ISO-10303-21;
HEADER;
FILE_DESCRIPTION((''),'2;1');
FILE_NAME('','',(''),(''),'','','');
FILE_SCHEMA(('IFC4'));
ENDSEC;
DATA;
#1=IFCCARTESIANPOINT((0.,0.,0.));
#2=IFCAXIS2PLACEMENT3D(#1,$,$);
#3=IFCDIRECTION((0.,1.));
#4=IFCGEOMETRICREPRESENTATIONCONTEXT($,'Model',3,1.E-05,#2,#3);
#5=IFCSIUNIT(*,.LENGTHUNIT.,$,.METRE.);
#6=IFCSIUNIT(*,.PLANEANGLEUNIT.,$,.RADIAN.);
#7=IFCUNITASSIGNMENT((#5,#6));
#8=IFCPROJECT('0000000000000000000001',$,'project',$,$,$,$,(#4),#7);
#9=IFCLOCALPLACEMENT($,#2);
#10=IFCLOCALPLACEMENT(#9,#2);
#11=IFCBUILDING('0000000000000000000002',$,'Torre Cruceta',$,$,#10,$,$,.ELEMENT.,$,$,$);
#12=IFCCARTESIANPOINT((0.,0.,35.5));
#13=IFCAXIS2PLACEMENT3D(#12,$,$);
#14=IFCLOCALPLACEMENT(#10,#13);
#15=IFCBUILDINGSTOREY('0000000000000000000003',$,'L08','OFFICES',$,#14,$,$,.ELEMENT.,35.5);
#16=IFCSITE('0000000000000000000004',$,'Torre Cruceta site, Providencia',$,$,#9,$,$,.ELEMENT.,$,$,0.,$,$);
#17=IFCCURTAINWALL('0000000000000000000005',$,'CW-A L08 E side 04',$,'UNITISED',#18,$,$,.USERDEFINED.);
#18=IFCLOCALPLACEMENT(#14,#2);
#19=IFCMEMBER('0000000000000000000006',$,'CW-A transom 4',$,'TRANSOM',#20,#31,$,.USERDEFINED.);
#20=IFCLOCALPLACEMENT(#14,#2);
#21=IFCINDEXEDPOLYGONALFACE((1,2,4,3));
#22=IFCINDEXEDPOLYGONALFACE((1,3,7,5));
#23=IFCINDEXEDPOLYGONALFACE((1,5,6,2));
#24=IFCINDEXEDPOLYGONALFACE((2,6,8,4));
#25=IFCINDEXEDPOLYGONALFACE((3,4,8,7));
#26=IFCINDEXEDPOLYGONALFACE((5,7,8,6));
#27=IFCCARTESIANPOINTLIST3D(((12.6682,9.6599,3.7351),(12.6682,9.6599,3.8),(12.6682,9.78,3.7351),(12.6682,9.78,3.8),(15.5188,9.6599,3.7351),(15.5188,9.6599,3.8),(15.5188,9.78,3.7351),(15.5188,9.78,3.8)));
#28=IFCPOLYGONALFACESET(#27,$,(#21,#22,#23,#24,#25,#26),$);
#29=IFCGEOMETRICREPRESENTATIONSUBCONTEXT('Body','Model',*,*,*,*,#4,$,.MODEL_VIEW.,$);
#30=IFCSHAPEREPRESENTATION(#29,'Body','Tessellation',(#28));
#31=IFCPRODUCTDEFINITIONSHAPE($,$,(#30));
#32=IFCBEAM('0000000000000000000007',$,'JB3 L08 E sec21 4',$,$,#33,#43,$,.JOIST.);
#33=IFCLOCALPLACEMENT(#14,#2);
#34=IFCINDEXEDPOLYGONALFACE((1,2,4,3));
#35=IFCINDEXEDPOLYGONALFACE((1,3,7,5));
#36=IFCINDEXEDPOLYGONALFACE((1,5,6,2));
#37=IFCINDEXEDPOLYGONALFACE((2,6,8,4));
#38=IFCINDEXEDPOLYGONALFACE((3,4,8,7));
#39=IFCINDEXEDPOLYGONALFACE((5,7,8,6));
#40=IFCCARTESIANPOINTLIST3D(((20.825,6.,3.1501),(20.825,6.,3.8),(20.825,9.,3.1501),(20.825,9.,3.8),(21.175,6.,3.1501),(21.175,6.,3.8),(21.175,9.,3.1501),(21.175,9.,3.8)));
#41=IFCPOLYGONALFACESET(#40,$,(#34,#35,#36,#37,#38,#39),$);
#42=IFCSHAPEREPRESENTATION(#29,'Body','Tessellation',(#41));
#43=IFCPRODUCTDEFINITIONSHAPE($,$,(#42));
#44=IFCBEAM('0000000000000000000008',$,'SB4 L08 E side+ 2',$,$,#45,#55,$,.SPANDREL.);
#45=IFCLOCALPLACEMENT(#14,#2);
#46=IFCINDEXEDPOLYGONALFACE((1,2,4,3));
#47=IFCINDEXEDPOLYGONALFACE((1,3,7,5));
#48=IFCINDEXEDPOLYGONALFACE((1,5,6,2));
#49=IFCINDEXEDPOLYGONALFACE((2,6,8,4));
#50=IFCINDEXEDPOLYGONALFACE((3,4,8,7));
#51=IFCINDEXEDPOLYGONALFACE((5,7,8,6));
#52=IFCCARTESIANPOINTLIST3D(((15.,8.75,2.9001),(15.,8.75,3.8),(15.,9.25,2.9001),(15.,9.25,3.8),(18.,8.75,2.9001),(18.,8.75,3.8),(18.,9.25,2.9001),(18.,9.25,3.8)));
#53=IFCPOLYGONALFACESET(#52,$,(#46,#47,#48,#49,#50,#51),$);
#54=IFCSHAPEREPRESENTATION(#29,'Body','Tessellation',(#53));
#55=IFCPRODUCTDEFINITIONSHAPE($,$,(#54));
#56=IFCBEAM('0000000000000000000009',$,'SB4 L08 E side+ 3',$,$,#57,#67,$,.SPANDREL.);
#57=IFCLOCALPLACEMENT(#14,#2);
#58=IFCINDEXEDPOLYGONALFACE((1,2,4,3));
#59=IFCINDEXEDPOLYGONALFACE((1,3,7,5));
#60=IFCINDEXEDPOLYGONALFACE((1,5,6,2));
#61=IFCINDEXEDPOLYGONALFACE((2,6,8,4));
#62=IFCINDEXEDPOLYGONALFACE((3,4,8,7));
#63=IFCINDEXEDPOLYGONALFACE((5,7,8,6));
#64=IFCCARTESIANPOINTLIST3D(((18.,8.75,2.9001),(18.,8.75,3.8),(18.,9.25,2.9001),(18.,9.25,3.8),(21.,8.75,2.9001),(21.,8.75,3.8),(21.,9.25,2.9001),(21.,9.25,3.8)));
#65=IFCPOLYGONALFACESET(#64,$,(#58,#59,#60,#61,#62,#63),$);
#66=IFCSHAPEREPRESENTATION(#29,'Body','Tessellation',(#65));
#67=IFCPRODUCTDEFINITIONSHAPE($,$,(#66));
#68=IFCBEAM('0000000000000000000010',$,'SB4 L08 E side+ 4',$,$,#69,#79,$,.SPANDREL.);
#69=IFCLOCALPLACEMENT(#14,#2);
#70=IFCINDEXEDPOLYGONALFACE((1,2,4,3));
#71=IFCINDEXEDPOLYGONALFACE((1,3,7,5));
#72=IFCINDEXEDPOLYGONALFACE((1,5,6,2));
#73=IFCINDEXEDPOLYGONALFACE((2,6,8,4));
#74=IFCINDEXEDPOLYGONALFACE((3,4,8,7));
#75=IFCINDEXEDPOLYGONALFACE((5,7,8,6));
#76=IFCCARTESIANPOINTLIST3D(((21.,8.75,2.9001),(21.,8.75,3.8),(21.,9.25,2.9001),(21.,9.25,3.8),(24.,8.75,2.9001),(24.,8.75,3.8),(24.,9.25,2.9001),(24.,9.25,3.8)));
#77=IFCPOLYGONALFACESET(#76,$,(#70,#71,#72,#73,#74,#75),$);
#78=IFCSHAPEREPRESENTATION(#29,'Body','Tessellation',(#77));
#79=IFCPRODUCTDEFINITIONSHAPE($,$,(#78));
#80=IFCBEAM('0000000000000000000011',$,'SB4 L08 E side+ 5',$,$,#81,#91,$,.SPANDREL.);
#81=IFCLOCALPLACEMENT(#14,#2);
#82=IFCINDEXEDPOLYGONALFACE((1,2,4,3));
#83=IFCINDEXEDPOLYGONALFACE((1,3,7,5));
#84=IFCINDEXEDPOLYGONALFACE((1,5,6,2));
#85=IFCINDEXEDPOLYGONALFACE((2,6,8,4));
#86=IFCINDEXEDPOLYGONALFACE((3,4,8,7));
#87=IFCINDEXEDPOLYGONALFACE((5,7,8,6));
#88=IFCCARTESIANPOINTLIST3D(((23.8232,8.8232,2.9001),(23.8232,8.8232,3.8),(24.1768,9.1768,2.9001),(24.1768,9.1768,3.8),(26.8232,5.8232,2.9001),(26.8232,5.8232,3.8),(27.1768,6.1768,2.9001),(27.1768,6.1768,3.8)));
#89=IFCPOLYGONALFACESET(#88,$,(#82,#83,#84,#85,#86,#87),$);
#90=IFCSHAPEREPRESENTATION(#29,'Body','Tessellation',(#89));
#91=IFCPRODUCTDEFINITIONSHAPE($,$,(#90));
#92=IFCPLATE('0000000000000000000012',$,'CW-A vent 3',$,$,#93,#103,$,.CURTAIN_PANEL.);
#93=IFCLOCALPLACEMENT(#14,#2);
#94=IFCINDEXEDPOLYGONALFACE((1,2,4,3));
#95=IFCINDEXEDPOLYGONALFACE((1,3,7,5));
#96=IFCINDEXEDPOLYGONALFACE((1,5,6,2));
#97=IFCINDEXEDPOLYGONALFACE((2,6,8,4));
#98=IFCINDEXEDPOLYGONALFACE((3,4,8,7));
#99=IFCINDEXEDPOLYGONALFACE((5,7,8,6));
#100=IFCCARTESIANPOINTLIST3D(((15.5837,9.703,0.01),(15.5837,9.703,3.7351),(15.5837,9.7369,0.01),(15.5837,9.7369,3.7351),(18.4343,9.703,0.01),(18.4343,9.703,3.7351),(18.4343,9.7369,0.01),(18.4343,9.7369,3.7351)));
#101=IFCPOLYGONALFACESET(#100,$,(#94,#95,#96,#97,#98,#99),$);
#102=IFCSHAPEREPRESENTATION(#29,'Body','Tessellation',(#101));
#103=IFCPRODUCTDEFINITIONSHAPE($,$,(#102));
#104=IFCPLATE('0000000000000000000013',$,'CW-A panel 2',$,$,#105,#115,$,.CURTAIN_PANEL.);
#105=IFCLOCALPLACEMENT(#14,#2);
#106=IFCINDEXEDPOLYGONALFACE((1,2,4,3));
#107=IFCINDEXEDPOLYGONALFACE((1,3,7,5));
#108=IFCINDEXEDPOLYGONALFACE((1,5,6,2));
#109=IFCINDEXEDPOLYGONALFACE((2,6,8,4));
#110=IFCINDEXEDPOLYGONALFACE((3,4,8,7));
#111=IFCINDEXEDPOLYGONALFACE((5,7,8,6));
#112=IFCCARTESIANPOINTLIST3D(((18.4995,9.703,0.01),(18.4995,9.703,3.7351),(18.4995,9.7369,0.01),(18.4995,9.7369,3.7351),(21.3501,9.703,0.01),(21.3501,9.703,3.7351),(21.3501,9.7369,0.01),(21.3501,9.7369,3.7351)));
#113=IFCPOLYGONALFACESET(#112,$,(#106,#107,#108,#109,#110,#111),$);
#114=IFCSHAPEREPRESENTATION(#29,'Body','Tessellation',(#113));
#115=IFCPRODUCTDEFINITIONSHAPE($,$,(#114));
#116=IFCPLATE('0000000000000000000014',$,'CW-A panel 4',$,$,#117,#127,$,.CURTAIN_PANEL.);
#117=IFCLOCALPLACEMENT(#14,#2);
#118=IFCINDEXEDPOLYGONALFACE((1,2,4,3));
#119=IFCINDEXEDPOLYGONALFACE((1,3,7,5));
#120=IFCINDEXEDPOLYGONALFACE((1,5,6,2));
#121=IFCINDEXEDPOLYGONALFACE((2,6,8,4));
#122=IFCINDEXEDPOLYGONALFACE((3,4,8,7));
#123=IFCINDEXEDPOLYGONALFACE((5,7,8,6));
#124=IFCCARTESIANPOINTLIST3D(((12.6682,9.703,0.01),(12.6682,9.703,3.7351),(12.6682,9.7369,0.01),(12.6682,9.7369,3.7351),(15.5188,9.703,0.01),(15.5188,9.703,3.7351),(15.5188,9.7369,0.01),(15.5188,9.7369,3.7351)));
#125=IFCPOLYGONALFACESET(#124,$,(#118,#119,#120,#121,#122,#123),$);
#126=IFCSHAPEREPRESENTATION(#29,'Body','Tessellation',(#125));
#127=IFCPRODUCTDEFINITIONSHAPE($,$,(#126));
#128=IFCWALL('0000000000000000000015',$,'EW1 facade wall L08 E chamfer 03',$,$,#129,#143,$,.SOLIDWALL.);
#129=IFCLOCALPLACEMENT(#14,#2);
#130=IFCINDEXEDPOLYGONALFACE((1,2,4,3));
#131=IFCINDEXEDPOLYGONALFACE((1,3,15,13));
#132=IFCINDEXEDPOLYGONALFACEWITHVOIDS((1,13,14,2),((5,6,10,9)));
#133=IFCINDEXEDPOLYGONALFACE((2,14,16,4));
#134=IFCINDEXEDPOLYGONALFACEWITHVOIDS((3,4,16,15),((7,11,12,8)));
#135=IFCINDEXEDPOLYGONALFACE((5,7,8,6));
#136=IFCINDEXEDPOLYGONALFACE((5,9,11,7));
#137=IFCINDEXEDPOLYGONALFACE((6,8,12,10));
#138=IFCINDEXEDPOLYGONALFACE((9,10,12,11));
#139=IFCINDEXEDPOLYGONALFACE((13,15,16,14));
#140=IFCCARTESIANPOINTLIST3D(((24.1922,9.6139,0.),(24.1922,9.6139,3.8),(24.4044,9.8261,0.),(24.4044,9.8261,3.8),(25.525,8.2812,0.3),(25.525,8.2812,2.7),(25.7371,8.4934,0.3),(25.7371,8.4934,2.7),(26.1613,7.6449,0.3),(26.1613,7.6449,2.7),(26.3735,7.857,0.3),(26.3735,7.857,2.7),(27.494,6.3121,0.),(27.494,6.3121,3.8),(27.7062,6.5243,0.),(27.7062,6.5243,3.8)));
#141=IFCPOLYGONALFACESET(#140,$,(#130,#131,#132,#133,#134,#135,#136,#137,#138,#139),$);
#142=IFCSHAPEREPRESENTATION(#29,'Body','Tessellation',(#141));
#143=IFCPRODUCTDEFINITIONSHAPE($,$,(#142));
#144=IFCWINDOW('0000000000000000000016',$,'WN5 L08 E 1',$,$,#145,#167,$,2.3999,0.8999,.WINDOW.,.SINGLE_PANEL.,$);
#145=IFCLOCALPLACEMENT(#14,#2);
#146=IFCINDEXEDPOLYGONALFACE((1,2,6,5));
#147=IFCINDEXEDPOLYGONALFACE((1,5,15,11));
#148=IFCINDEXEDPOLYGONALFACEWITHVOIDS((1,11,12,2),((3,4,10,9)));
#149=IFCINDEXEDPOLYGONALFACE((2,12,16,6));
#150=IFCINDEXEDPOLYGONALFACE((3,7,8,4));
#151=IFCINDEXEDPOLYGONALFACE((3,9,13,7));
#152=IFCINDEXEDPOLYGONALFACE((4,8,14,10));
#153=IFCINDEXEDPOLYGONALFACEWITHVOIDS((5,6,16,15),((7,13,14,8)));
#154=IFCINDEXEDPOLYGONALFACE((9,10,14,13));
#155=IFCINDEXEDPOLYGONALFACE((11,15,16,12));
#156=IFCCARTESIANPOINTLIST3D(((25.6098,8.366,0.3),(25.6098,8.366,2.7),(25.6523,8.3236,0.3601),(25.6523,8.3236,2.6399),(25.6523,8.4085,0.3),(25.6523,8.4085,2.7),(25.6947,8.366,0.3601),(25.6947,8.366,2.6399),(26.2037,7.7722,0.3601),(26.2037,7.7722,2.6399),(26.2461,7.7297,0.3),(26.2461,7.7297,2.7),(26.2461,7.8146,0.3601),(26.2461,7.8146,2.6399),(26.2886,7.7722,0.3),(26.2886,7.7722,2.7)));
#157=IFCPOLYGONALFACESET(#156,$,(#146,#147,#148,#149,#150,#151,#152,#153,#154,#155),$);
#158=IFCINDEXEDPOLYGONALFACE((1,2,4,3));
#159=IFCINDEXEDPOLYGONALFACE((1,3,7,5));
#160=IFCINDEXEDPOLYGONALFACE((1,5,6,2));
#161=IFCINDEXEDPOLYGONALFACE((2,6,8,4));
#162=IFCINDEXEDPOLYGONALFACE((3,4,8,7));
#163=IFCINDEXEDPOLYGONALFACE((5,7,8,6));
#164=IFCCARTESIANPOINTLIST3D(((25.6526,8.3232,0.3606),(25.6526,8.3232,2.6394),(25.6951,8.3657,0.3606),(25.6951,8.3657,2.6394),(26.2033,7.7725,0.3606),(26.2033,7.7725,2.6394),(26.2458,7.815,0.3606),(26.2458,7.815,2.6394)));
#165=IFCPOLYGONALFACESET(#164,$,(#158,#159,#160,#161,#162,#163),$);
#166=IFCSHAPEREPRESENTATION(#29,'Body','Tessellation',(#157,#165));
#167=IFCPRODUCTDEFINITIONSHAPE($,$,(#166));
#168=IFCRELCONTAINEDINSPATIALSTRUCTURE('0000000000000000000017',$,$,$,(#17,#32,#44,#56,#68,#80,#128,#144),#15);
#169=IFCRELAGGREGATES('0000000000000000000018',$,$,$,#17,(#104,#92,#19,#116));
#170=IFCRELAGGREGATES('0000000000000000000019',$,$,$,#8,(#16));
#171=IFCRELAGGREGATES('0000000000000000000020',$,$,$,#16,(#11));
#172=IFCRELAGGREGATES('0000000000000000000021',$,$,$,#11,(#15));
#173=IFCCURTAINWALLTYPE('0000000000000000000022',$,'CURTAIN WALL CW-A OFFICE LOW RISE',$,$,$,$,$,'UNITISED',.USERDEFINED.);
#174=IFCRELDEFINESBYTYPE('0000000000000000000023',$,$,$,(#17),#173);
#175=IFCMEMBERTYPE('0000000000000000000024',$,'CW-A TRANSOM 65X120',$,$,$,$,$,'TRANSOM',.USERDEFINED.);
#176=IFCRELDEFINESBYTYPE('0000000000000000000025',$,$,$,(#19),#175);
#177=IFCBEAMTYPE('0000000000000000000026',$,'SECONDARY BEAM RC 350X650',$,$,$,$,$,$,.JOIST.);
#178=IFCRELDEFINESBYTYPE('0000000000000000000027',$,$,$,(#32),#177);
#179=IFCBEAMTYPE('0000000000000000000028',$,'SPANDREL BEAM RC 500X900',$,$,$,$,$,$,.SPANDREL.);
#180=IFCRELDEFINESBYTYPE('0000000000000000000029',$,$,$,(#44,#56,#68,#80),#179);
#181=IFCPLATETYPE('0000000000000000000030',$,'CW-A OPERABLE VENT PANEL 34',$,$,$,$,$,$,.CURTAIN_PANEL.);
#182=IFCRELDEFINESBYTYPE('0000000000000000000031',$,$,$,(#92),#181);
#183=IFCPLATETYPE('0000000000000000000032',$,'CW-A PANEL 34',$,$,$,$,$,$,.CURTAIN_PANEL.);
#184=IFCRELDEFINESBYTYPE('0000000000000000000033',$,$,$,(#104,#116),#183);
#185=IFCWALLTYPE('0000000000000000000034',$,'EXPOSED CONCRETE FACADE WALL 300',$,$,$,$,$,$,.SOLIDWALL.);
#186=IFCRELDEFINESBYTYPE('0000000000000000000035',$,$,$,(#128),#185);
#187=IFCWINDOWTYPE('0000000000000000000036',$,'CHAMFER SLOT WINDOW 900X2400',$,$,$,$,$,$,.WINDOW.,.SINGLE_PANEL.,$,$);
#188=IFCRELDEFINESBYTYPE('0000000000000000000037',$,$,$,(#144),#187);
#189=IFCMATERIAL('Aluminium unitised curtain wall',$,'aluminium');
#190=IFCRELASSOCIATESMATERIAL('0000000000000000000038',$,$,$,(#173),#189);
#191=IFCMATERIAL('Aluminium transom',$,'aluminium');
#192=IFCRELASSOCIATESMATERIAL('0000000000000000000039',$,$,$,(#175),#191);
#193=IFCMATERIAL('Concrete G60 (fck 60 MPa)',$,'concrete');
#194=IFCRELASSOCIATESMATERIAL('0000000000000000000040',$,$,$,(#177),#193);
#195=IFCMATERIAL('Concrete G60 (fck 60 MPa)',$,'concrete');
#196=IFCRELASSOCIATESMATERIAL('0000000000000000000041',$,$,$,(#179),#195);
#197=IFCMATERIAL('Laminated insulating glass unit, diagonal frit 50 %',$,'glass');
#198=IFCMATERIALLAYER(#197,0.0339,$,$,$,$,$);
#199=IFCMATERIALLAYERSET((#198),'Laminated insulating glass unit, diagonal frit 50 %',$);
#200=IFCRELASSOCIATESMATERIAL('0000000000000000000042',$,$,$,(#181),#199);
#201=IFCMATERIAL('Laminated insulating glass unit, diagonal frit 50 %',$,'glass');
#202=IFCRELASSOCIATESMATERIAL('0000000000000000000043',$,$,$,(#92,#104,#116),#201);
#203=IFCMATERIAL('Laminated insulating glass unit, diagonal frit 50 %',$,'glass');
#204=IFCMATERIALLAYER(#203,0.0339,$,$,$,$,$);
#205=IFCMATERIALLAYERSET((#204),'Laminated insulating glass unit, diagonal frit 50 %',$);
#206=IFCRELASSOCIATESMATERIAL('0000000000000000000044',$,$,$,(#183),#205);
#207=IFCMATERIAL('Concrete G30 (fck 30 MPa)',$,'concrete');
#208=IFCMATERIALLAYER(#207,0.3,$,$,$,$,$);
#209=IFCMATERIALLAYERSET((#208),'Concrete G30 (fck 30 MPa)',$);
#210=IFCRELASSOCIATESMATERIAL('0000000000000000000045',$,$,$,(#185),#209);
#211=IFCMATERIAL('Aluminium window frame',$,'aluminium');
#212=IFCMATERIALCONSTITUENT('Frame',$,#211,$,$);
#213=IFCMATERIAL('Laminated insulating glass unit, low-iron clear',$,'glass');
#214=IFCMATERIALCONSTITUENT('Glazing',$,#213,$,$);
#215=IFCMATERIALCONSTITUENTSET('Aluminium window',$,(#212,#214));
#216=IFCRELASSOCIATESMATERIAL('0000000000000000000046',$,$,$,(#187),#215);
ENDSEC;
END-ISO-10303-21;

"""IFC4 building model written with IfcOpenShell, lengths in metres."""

from ifc_helpers import new_model, si_unit, direction, frame, frame_2d, origin, origin_2d, place, context, subcontext, project, spatial, rectangle, hollow_rectangle, extrude, material, layer, layer_set, constituent, constituent_set, material_profile, profile_set, type_object, element, fill, aggregate, save


model = new_model("IFC4")

# Units and contexts
model_context = context("Model", 3, precision=1e-05, world=origin(), true_north=direction((0.0, 1.0)))
body_context = subcontext(model_context, "Body", "Model", "MODEL_VIEW")
ifc_project = project(units=[si_unit("LENGTHUNIT", "METRE"), si_unit("PLANEANGLEUNIT", "RADIAN")], contexts=[model_context])

# Site, building, storey
site_placement = place(None, origin())
site = spatial("IfcSite", under=ifc_project, at=site_placement, Name="Torre Cruceta site, Providencia", CompositionType="ELEMENT", RefElevation=0.0)
building_placement = place(site_placement, origin())
building = spatial("IfcBuilding", under=site, at=building_placement, Name="Torre Cruceta", CompositionType="ELEMENT")
storey_placement = place(building_placement, frame((0.0, 0.0, 35.5)))
storey = spatial("IfcBuildingStorey", under=building, at=storey_placement, Name="L08", Description="OFFICES", CompositionType="ELEMENT", Elevation=35.5)

# Curtain wall, member
ifc_material_1 = material(Name="Aluminium unitised curtain wall", Category="aluminium")
curtain_wall_type = type_object("IfcCurtainWallType", Name="CURTAIN WALL CW-A OFFICE LOW RISE", ElementType="UNITISED", PredefinedType="USERDEFINED", material=ifc_material_1)
curtain_wall_placement = place(storey_placement, origin())
curtain_wall = element("IfcCurtainWall", 1, at=curtain_wall_placement, inside=storey, type_object=curtain_wall_type, Name="CW-A L08 E side 04", ObjectType="UNITISED", PredefinedType="USERDEFINED")
ifc_material_2 = material(Name="Aluminium transom", Category="aluminium")
ifc_material_profile_1 = material_profile(ifc_material_2, rectangle(XDim=0.1201, YDim=0.0649, at=origin_2d()), Name="AL 120X65")
ifc_profile_set_1 = profile_set([ifc_material_profile_1], Name="Aluminium transom")
member_type_1 = type_object("IfcMemberType", Name="CW-A TRANSOM 65X120", ElementType="TRANSOM", PredefinedType="USERDEFINED", material=ifc_profile_set_1)
member_1_placement = place(storey_placement, frame((15.5188, 9.72, 3.7676), z_axis=(-1.0, 0.0, 0.0), x_axis=(0.0, -1.0, 0.0)))
member_1 = element("IfcMember", 2, at=member_1_placement, type_object=member_type_1, Name="CW-A transom 4", ObjectType="TRANSOM", PredefinedType="USERDEFINED", context=body_context, shape_type="SweptSolid", body=[
    extrude(rectangle(XDim=0.1201, YDim=0.0649, at=origin_2d()), origin(), (0.0, 0.0, 1.0), 2.8506),
])

# Beams
ifc_material_3 = material(Name="Concrete G60 (fck 60 MPa)", Category="concrete")
ifc_material_profile_2 = material_profile(ifc_material_3, rectangle(XDim=0.3501, YDim=0.6499, at=origin_2d()), Name="RC 350X650")
ifc_profile_set_2 = profile_set([ifc_material_profile_2], Name="Concrete G60 (fck 60 MPa)")
beam_type_1 = type_object("IfcBeamType", Name="SECONDARY BEAM RC 350X650", PredefinedType="JOIST", material=ifc_profile_set_2)
beam_1_placement = place(storey_placement, frame((21.0, 6.0, 3.4751), z_axis=(0.0, 1.0, 0.0), x_axis=(-1.0, 0.0, 0.0)))
element("IfcBeam", 3, at=beam_1_placement, inside=storey, type_object=beam_type_1, Name="JB3 L08 E sec21 4", PredefinedType="JOIST", context=body_context, shape_type="SweptSolid", body=[
    extrude(rectangle(XDim=0.3501, YDim=0.6499, at=origin_2d()), origin(), (0.0, 0.0, 1.0), 3.0),
])
ifc_material_4 = material(Name="Concrete G60 (fck 60 MPa)", Category="concrete")
ifc_material_profile_3 = material_profile(ifc_material_4, rectangle(XDim=0.5, YDim=0.8999, at=origin_2d()), Name="RC 500X900")
ifc_profile_set_3 = profile_set([ifc_material_profile_3], Name="Concrete G60 (fck 60 MPa)")
beam_type_2 = type_object("IfcBeamType", Name="SPANDREL BEAM RC 500X900", PredefinedType="SPANDREL", material=ifc_profile_set_3)
for number, where, z_axis, x_axis, name in (
    (4, (15.0, 9.0, 3.3501), (1.0, 0.0, 0.0), (0.0, 1.0, 0.0), "SB4 L08 E side+ 2"),
    (5, (18.0, 9.0, 3.3501), (1.0, 0.0, 0.0), (0.0, 1.0, 0.0), "SB4 L08 E side+ 3"),
    (6, (21.0, 9.0, 3.3501), (1.0, 0.0, 0.0), (0.0, 1.0, 0.0), "SB4 L08 E side+ 4"),
):
    element("IfcBeam", number, at=place(storey_placement, frame(where, z_axis=z_axis, x_axis=x_axis)), inside=storey, type_object=beam_type_2, Name=name, PredefinedType="SPANDREL", context=body_context, shape_type="SweptSolid", body=[
        extrude(rectangle(XDim=0.5, YDim=0.8999, at=origin_2d()), origin(), (0.0, 0.0, 1.0), 3.0),
    ])
beam_2_placement = place(storey_placement, frame((24.0, 9.0, 3.3501), z_axis=(0.707107, -0.707107, 0.0), x_axis=(0.707107, 0.707107, 0.0)))
element("IfcBeam", 7, at=beam_2_placement, inside=storey, type_object=beam_type_2, Name="SB4 L08 E side+ 5", PredefinedType="SPANDREL", context=body_context, shape_type="SweptSolid", body=[
    extrude(rectangle(XDim=0.5, YDim=0.8999, at=origin_2d()), origin(), (0.0, 0.0, 1.0), 4.2427),
])

# Plates
ifc_material_5 = material(Name="Laminated insulating glass unit, diagonal frit 50 %", Category="glass")
ifc_material_6 = material(Name="Laminated insulating glass unit, diagonal frit 50 %", Category="glass")
ifc_layer_1 = layer(ifc_material_6, 0.0339)
ifc_layer_set_1 = layer_set([ifc_layer_1], Name="Laminated insulating glass unit, diagonal frit 50 %")
plate_type_1 = type_object("IfcPlateType", Name="CW-A OPERABLE VENT PANEL 34", PredefinedType="CURTAIN_PANEL", material=ifc_layer_set_1)
plate_1_placement = place(storey_placement, frame((17.009, 9.72, 0.01), z_axis=(0.0, 0.0, 1.0), x_axis=(-1.0, 0.0, 0.0)))
plate_1 = element("IfcPlate", 8, at=plate_1_placement, type_object=plate_type_1, material=ifc_material_5, Name="CW-A vent 3", PredefinedType="CURTAIN_PANEL", context=body_context, shape_type="SweptSolid", body=[
    extrude(rectangle(XDim=2.8506, YDim=0.0339, at=origin_2d()), origin(), (0.0, 0.0, 1.0), 3.7251),
])
ifc_material_7 = material(Name="Laminated insulating glass unit, diagonal frit 50 %", Category="glass")
ifc_layer_2 = layer(ifc_material_7, 0.0339)
ifc_layer_set_2 = layer_set([ifc_layer_2], Name="Laminated insulating glass unit, diagonal frit 50 %")
plate_type_2 = type_object("IfcPlateType", Name="CW-A PANEL 34", PredefinedType="CURTAIN_PANEL", material=ifc_layer_set_2)
plate_2_placement = place(storey_placement, frame((19.9248, 9.72, 0.01), z_axis=(0.0, 0.0, 1.0), x_axis=(-1.0, 0.0, 0.0)))
plate_2 = element("IfcPlate", 9, at=plate_2_placement, type_object=plate_type_2, material=ifc_material_5, Name="CW-A panel 2", PredefinedType="CURTAIN_PANEL", context=body_context, shape_type="SweptSolid", body=[
    extrude(rectangle(XDim=2.8506, YDim=0.0339, at=origin_2d()), origin(), (0.0, 0.0, 1.0), 3.7251),
])
plate_3_placement = place(storey_placement, frame((14.0935, 9.72, 0.01), z_axis=(0.0, 0.0, 1.0), x_axis=(-1.0, 0.0, 0.0)))
plate_3 = element("IfcPlate", 10, at=plate_3_placement, type_object=plate_type_2, material=ifc_material_5, Name="CW-A panel 4", PredefinedType="CURTAIN_PANEL", context=body_context, shape_type="SweptSolid", body=[
    extrude(rectangle(XDim=2.8506, YDim=0.0339, at=origin_2d()), origin(), (0.0, 0.0, 1.0), 3.7251),
])
aggregate(curtain_wall, [plate_2, plate_1, member_1, plate_3])

# Wall, opening, window
ifc_material_8 = material(Name="Concrete G30 (fck 30 MPa)", Category="concrete")
ifc_layer_3 = layer(ifc_material_8, 0.3)
ifc_layer_set_3 = layer_set([ifc_layer_3], Name="Concrete G30 (fck 30 MPa)")
wall_type_1 = type_object("IfcWallType", Name="EXPOSED CONCRETE FACADE WALL 300", PredefinedType="SOLIDWALL", material=ifc_layer_set_3)
wall_1_placement = place(storey_placement, frame((27.6001, 6.4182, 0.0), z_axis=(0.0, 0.0, 1.0), x_axis=(-0.707107, 0.707107, 0.0)))
wall_1 = element("IfcWall", 11, at=wall_1_placement, inside=storey, type_object=wall_type_1, Name="EW1 facade wall L08 E chamfer 03", PredefinedType="SOLIDWALL", context=body_context, shape_type="SweptSolid", body=[
    extrude(rectangle(XDim=4.6694, YDim=0.3, at=frame_2d((2.3347, 0.0))), origin(), (0.0, 0.0, 1.0), 3.8),
])
opening_1_placement = place(wall_1_placement, frame((1.8848, 0.0, 0.3)))
opening_1 = element("IfcOpeningElement", 12, at=opening_1_placement, cuts=wall_1, PredefinedType="OPENING", context=body_context, shape_type="SweptSolid", body=[
    extrude(rectangle(XDim=0.8999, YDim=2.3999, at=frame_2d((0.45, 1.2))), frame((0.0, 0.1599, 0.0), z_axis=(0.0, -1.0, 0.0), x_axis=(1.0, 0.0, 0.0)), (0.0, 0.0, 1.0), 0.3201),
])
ifc_material_9 = material(Name="Aluminium window frame", Category="aluminium")
ifc_constituent_1 = constituent(ifc_material_9, Name="Frame")
ifc_material_10 = material(Name="Laminated insulating glass unit, low-iron clear", Category="glass")
ifc_constituent_2 = constituent(ifc_material_10, Name="Glazing")
ifc_constituent_set_1 = constituent_set(constituents=[ifc_constituent_1, ifc_constituent_2], Name="Aluminium window")
window_type = type_object("IfcWindowType", Name="CHAMFER SLOT WINDOW 900X2400", PartitioningType="SINGLE_PANEL", PredefinedType="WINDOW", material=ifc_constituent_set_1)
window_placement = place(opening_1_placement, origin())
window = element("IfcWindow", 13, at=window_placement, inside=storey, type_object=window_type, Name="WN5 L08 E 1", OverallHeight=2.3999, OverallWidth=0.8999, PartitioningType="SINGLE_PANEL", PredefinedType="WINDOW", context=body_context, shape_type="SweptSolid", body=[
    extrude(hollow_rectangle(XDim=0.8999, YDim=2.3999, WallThickness=0.0601, at=frame_2d((0.45, 1.2))), frame((0.0, 0.03, 0.0), z_axis=(0.0, -1.0, 0.0), x_axis=(1.0, 0.0, 0.0)), (0.0, 0.0, 1.0), 0.0601),
    extrude(rectangle(XDim=0.7788, YDim=2.2788, at=frame_2d((0.45, 1.2))), frame((0.0, 0.03, 0.0), z_axis=(0.0, -1.0, 0.0), x_axis=(1.0, 0.0, 0.0)), (0.0, 0.0, 1.0), 0.0601),
])
fill(opening_1, window)

save(model, "model.ifc")
